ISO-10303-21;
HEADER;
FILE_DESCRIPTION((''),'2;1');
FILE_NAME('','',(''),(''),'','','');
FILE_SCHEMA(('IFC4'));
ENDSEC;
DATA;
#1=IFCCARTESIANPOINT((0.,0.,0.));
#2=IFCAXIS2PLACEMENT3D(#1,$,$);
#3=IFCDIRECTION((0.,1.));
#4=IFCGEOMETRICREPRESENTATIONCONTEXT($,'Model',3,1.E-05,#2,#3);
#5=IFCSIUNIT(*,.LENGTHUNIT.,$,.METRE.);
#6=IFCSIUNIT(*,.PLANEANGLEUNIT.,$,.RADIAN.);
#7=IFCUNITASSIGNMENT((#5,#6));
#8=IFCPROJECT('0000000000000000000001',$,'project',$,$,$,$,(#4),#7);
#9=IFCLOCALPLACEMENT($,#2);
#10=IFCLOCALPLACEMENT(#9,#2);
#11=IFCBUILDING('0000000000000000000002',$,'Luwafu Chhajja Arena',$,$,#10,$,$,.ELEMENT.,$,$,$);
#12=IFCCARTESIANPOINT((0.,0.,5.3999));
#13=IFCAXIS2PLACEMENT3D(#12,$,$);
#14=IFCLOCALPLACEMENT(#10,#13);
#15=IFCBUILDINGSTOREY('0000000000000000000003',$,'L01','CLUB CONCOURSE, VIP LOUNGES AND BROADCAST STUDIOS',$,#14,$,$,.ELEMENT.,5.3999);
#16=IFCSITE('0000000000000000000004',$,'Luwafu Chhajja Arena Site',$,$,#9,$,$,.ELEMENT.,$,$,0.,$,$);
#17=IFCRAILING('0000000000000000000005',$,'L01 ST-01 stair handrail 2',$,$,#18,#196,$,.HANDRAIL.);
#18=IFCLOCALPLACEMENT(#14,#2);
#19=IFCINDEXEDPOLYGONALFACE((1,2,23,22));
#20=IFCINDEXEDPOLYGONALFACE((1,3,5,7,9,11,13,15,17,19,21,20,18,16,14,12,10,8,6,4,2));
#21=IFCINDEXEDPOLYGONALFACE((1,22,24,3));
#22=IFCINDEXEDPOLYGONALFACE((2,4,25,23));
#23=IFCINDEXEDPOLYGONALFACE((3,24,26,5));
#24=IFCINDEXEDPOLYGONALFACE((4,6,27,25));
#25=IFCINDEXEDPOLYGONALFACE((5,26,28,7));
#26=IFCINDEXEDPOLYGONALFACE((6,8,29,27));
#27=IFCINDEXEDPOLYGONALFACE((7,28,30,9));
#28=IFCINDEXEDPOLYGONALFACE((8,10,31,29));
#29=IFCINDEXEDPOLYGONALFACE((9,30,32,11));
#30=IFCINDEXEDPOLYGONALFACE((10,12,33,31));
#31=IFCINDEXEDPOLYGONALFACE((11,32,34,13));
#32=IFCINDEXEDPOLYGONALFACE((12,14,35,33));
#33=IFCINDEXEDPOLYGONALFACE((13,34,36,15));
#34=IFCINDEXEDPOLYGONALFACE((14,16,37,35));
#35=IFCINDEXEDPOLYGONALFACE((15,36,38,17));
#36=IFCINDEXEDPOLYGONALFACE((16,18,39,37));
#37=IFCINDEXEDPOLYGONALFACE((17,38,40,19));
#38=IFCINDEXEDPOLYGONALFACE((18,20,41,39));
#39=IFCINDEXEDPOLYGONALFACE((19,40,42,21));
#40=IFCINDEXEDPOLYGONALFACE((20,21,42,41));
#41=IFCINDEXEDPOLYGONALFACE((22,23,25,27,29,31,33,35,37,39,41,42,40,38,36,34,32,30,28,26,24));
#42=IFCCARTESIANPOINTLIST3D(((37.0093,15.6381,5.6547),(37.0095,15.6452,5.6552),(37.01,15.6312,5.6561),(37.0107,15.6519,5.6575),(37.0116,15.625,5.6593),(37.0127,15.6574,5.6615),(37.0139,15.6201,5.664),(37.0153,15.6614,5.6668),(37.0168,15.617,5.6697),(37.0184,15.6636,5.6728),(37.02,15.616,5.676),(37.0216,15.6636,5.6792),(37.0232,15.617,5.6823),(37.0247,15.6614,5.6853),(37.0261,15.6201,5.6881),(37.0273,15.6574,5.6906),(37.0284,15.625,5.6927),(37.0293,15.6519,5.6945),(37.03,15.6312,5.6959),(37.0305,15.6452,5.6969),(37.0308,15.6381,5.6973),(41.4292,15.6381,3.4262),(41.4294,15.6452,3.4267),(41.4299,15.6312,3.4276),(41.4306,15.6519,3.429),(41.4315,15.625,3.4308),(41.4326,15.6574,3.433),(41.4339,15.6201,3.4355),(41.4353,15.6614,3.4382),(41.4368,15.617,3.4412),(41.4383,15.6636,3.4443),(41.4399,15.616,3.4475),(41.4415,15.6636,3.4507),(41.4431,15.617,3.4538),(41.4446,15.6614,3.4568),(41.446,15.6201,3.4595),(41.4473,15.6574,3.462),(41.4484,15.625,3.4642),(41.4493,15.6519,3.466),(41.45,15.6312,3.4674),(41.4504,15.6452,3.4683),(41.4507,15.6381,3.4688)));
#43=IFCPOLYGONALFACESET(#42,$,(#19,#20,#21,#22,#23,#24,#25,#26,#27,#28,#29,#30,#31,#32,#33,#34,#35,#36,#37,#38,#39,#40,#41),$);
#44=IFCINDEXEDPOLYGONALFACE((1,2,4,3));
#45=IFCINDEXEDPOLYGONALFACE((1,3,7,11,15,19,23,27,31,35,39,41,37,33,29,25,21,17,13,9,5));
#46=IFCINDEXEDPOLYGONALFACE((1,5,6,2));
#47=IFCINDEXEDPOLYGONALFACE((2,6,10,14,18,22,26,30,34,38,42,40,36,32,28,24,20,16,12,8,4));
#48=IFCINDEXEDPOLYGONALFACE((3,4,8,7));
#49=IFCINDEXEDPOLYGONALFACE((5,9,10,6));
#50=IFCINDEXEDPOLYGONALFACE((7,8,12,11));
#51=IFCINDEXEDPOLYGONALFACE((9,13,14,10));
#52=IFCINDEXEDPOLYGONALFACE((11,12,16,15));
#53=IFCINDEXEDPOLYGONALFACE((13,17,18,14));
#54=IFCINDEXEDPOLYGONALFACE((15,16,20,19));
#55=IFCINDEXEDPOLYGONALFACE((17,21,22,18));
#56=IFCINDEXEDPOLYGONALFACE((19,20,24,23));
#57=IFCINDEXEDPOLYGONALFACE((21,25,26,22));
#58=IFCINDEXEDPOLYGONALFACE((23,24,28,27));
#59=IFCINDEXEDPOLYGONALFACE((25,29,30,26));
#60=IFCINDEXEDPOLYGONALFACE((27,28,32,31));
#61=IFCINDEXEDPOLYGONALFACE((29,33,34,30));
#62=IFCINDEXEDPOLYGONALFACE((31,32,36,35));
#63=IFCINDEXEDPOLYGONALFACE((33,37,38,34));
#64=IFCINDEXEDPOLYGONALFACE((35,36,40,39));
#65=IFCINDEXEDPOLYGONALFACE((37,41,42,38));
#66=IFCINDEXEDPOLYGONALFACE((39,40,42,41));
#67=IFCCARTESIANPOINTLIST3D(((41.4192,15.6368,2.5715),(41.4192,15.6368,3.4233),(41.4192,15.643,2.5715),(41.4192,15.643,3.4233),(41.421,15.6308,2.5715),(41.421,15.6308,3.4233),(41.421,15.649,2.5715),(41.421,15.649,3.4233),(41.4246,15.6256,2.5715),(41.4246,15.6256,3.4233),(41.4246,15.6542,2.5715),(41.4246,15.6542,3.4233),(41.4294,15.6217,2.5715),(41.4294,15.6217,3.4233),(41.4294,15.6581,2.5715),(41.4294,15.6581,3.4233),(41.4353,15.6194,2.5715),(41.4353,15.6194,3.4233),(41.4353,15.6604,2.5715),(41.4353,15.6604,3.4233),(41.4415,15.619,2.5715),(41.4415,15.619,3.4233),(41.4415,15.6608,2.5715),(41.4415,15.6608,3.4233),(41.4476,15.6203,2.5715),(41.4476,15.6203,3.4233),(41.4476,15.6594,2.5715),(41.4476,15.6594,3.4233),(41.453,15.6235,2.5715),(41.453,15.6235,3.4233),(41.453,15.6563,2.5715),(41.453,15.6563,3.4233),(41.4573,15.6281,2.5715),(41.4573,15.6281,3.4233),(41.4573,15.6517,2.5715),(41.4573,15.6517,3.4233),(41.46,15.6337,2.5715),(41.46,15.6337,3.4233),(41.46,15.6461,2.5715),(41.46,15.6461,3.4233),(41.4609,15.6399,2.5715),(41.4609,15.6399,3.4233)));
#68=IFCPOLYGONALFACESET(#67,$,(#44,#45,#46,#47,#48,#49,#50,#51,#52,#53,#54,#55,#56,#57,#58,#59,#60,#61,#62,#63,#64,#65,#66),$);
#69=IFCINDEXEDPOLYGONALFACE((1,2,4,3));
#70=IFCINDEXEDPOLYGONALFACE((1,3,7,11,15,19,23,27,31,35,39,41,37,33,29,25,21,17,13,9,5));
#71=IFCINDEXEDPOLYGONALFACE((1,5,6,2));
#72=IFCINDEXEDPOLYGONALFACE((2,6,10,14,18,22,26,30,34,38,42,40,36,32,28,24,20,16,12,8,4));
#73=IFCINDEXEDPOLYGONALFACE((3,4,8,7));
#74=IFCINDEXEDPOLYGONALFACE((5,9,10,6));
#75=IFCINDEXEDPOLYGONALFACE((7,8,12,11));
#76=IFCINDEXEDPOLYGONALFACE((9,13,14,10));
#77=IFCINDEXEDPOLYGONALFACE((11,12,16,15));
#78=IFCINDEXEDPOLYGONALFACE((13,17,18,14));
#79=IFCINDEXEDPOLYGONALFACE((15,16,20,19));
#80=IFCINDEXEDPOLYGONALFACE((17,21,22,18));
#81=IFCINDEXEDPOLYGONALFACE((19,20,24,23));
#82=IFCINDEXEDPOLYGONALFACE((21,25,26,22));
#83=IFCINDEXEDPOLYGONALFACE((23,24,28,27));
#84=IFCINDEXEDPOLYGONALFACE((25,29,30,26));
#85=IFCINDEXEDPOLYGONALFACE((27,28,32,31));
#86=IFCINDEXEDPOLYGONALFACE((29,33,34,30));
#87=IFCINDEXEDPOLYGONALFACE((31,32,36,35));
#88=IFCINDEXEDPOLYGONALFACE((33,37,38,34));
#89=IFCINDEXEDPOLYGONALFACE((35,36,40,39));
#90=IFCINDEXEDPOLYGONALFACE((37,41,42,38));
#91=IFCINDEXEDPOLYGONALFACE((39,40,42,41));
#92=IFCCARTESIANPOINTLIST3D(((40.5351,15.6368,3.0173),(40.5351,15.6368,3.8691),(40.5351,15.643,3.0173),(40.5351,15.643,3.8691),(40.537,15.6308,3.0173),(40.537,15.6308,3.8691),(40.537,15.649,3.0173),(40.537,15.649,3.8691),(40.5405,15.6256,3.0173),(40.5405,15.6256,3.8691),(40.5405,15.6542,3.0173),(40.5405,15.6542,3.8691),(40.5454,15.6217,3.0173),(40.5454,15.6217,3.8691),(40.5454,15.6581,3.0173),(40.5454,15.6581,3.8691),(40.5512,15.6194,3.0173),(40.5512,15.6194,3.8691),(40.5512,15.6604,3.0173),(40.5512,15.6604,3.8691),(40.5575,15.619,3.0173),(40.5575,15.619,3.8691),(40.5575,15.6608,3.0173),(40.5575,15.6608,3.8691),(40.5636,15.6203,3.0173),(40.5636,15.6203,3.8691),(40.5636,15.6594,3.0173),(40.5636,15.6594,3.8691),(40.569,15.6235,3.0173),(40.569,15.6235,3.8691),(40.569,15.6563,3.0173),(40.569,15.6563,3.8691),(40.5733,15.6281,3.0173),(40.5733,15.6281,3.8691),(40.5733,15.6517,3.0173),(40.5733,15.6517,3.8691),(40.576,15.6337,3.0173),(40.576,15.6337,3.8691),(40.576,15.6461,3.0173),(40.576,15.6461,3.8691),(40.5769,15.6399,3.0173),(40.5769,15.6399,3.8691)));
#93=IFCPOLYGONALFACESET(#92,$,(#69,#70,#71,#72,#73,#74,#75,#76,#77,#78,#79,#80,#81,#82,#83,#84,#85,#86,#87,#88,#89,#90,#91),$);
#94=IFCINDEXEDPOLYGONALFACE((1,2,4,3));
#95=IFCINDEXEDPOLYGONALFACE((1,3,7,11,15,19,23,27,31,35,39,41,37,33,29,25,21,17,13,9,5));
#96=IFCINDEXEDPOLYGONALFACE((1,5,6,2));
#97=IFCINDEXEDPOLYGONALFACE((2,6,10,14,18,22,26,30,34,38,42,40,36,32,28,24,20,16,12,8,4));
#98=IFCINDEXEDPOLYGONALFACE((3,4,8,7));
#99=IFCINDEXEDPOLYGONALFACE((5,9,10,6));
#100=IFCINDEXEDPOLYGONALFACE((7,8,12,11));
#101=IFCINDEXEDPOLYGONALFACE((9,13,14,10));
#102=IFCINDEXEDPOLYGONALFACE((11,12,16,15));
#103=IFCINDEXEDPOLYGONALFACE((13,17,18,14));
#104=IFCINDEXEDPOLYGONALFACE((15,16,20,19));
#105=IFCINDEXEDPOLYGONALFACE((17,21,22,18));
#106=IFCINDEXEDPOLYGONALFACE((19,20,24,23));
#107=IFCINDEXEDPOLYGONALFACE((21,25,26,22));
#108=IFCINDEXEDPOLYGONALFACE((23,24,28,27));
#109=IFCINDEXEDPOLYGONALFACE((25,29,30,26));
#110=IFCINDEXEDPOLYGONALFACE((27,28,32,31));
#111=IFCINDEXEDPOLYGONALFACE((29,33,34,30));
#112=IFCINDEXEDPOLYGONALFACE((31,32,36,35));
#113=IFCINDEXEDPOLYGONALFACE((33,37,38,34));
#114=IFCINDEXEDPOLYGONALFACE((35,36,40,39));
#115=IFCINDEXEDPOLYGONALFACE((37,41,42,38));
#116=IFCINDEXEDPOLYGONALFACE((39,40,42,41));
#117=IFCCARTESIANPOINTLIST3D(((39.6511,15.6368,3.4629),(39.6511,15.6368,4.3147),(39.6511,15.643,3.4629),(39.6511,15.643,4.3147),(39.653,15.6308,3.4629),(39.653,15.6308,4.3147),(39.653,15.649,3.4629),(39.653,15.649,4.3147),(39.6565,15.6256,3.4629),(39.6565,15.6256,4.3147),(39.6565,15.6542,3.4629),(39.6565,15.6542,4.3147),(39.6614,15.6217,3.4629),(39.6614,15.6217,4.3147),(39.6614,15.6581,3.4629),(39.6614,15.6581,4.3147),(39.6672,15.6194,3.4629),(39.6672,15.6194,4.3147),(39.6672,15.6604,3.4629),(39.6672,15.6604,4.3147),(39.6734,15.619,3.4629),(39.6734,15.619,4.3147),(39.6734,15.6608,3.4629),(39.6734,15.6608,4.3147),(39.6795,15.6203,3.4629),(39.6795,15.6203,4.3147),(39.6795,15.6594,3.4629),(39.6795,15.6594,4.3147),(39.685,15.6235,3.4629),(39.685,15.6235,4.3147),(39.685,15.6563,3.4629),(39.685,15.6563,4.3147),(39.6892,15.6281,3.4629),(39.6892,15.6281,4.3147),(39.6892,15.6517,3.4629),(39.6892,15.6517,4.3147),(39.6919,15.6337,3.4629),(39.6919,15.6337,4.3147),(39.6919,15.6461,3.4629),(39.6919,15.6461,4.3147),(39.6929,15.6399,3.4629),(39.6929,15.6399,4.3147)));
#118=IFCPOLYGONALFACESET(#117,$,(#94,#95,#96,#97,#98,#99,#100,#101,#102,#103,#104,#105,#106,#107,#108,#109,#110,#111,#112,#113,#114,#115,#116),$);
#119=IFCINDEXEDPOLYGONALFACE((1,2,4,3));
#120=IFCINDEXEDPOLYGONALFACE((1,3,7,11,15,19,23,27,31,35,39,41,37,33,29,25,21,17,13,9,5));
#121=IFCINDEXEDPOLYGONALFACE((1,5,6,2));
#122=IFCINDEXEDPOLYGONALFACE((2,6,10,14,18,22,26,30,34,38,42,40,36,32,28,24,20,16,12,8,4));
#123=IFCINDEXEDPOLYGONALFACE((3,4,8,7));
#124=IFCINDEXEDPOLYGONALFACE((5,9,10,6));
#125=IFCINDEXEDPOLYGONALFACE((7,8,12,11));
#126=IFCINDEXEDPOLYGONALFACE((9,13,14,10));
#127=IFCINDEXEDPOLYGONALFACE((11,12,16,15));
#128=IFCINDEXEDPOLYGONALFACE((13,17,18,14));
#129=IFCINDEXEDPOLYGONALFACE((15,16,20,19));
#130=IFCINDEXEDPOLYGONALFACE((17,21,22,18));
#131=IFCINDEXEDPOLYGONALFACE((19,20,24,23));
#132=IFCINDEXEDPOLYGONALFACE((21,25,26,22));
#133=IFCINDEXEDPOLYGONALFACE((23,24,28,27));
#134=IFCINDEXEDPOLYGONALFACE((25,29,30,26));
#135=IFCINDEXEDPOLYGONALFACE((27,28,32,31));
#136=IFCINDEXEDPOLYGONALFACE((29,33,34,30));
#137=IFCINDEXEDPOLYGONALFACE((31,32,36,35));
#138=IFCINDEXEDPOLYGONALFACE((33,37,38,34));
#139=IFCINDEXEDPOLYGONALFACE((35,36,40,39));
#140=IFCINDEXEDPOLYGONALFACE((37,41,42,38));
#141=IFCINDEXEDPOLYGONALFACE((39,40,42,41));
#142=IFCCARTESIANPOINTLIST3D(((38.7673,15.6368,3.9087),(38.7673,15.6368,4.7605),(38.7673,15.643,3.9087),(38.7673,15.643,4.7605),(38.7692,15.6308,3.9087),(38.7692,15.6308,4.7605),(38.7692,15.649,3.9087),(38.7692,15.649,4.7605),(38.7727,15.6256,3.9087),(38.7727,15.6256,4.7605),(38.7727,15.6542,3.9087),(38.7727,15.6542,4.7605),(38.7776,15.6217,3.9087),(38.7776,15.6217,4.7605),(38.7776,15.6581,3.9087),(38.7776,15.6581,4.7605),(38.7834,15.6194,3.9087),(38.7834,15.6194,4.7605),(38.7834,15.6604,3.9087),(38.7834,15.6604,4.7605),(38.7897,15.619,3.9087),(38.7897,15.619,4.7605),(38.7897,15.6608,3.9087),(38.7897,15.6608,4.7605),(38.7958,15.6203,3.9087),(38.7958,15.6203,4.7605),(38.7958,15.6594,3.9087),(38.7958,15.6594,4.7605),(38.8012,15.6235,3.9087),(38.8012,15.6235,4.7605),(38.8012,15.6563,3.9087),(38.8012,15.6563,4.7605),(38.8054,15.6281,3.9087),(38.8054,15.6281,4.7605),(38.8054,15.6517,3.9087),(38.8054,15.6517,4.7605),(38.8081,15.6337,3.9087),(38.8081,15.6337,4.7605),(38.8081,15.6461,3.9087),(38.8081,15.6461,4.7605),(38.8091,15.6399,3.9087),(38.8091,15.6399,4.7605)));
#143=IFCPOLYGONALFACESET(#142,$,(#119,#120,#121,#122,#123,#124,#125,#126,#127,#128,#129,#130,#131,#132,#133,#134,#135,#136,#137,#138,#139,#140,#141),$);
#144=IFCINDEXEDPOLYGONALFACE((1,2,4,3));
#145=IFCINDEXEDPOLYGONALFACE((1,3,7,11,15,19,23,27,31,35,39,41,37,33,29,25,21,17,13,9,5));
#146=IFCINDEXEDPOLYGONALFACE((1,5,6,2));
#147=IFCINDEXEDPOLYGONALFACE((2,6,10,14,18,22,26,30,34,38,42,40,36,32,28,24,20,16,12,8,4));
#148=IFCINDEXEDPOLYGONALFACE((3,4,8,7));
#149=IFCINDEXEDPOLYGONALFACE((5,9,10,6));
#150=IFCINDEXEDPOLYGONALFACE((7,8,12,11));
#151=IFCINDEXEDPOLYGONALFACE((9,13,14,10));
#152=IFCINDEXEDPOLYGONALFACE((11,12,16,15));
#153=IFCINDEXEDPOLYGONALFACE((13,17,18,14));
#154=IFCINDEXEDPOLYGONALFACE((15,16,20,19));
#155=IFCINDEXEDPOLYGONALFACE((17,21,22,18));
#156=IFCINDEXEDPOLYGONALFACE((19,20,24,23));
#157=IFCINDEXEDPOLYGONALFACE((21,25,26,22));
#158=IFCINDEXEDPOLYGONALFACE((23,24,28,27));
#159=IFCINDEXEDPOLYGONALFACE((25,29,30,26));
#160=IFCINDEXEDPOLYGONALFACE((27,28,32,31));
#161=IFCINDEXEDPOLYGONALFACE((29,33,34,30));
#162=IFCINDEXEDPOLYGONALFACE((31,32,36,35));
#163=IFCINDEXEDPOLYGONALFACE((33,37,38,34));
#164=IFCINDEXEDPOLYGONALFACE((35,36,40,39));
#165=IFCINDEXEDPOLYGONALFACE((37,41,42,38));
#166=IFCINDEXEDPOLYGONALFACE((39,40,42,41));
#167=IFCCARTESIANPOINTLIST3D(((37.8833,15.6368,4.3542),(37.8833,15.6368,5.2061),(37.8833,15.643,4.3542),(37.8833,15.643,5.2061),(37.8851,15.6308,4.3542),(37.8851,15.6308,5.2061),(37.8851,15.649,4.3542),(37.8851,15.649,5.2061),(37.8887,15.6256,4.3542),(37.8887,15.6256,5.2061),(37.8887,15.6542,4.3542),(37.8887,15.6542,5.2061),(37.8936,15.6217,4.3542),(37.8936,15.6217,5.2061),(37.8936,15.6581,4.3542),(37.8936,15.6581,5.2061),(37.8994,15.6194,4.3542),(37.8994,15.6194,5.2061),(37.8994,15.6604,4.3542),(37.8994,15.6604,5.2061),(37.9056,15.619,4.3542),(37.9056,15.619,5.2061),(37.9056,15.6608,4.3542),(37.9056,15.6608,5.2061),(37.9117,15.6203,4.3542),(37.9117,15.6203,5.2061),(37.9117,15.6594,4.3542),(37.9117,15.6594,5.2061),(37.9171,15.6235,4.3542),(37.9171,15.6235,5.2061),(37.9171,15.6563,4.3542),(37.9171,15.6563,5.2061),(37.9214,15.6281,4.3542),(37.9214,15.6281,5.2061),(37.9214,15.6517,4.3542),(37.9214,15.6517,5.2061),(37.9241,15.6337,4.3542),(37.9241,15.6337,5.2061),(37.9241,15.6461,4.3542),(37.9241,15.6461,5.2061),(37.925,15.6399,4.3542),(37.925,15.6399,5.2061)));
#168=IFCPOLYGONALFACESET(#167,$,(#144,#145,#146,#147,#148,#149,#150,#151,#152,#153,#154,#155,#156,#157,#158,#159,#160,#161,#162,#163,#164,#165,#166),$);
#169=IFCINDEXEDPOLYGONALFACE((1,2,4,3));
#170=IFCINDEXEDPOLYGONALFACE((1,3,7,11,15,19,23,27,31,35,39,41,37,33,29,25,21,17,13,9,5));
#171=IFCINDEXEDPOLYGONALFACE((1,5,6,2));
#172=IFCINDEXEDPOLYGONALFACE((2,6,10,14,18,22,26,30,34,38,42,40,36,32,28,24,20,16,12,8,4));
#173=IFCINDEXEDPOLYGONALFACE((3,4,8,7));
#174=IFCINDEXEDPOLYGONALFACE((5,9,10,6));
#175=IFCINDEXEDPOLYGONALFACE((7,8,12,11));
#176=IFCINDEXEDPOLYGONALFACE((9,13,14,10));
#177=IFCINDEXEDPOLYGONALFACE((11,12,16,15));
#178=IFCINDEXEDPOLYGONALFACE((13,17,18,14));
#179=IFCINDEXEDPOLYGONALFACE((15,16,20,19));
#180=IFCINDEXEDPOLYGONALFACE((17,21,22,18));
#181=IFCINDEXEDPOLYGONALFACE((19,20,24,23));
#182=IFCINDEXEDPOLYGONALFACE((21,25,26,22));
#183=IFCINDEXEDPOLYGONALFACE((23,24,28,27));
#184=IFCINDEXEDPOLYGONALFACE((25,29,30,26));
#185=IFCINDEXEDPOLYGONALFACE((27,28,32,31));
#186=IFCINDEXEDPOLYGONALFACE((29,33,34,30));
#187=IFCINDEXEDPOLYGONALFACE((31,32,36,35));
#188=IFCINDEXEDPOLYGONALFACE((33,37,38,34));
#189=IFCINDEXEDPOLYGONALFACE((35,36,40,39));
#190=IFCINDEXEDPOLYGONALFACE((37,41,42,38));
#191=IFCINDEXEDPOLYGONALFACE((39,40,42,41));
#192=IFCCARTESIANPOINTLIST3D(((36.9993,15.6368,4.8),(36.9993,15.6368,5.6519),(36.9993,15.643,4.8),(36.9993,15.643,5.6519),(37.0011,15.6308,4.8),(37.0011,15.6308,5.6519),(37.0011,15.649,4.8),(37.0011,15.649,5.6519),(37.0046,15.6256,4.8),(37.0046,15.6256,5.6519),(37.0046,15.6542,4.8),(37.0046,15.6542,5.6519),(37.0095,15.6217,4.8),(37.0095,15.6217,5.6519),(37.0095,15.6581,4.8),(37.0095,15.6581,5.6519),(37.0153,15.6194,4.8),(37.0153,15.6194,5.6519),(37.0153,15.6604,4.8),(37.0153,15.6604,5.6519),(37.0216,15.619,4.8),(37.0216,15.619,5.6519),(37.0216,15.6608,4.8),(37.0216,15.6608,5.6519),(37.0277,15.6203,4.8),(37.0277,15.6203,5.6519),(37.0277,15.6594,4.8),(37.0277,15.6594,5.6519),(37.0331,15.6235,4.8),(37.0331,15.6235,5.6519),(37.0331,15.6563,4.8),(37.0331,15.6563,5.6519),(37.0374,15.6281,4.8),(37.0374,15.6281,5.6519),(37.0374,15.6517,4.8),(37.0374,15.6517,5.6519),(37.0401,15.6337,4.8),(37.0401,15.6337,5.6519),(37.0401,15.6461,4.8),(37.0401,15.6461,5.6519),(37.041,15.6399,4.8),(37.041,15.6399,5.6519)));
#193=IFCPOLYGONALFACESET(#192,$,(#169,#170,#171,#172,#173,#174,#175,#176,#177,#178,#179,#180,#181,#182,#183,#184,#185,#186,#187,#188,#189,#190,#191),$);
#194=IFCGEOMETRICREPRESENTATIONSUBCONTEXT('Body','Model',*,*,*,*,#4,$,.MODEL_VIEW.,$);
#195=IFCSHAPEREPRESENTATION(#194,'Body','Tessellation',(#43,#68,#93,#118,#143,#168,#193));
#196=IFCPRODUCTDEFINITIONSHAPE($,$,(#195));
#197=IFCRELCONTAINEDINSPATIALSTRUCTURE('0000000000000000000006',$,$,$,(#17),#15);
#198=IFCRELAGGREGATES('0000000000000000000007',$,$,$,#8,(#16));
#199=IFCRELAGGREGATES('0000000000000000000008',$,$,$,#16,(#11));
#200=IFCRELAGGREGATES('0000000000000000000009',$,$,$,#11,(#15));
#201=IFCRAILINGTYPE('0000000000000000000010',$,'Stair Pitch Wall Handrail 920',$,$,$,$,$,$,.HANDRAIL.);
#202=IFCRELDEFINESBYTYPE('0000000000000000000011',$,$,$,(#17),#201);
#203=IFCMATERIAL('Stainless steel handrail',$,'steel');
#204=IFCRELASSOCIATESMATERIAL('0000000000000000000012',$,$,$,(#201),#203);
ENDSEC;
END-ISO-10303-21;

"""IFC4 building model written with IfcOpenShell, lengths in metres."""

from ifc_helpers import new_model, si_unit, direction, frame, origin, origin_2d, place, context, subcontext, project, spatial, circle, extrude, material, type_object, element, save


model = new_model("IFC4")

# Units and contexts
model_context = context("Model", 3, precision=1e-05, world=origin(), true_north=direction((0.0, 1.0)))
body_context = subcontext(model_context, "Body", "Model", "MODEL_VIEW")
ifc_project = project(units=[si_unit("LENGTHUNIT", "METRE"), si_unit("PLANEANGLEUNIT", "RADIAN")], contexts=[model_context])

# Site, building, storey
site_placement = place(None, origin())
site = spatial("IfcSite", under=ifc_project, at=site_placement, Name="Luwafu Chhajja Arena Site", CompositionType="ELEMENT", RefElevation=0.0)
building_placement = place(site_placement, origin())
building = spatial("IfcBuilding", under=site, at=building_placement, Name="Luwafu Chhajja Arena", CompositionType="ELEMENT")
storey_placement = place(building_placement, frame((0.0, 0.0, 5.3999)))
storey = spatial("IfcBuildingStorey", under=building, at=storey_placement, Name="L01", Description="CLUB CONCOURSE, VIP LOUNGES AND BROADCAST STUDIOS", CompositionType="ELEMENT", Elevation=5.3999)

# Railing
ifc_material_1 = material(Name="Stainless steel handrail", Category="steel")
railing_type_1 = type_object("IfcRailingType", Name="Stair Pitch Wall Handrail 920", PredefinedType="HANDRAIL", material=ifc_material_1)
railing_1_placement = place(storey_placement, frame((41.4399, 15.6399, 2.5715)))
element("IfcRailing", 1, at=railing_1_placement, inside=storey, type_object=railing_type_1, Name="L01 ST-01 stair handrail 2", PredefinedType="HANDRAIL", context=body_context, shape_type="SweptSolid", body=[
    extrude(circle(Radius=0.0239, at=origin_2d()), frame((0.0, 0.0, 0.876), z_axis=(-0.892923, 0.0, 0.45021), x_axis=(0.0, -1.0, 0.0)), (0.0, 0.0, 1.0), 4.95),
    extrude(circle(Radius=0.021, at=origin_2d()), origin(), (0.0, 0.0, 1.0), 0.8518),
    extrude(circle(Radius=0.021, at=origin_2d()), frame((-0.884, 0.0, 0.4458)), (0.0, 0.0, 1.0), 0.8518),
    extrude(circle(Radius=0.021, at=origin_2d()), frame((-1.7681, 0.0, 0.8914)), (0.0, 0.0, 1.0), 0.8518),
    extrude(circle(Radius=0.021, at=origin_2d()), frame((-2.6519, 0.0, 1.3372)), (0.0, 0.0, 1.0), 0.8518),
    extrude(circle(Radius=0.021, at=origin_2d()), frame((-3.5359, 0.0, 1.7827)), (0.0, 0.0, 1.0), 0.8518),
    extrude(circle(Radius=0.021, at=origin_2d()), frame((-4.4199, 0.0, 2.2285)), (0.0, 0.0, 1.0), 0.8518),
])

save(model, "model.ifc")
